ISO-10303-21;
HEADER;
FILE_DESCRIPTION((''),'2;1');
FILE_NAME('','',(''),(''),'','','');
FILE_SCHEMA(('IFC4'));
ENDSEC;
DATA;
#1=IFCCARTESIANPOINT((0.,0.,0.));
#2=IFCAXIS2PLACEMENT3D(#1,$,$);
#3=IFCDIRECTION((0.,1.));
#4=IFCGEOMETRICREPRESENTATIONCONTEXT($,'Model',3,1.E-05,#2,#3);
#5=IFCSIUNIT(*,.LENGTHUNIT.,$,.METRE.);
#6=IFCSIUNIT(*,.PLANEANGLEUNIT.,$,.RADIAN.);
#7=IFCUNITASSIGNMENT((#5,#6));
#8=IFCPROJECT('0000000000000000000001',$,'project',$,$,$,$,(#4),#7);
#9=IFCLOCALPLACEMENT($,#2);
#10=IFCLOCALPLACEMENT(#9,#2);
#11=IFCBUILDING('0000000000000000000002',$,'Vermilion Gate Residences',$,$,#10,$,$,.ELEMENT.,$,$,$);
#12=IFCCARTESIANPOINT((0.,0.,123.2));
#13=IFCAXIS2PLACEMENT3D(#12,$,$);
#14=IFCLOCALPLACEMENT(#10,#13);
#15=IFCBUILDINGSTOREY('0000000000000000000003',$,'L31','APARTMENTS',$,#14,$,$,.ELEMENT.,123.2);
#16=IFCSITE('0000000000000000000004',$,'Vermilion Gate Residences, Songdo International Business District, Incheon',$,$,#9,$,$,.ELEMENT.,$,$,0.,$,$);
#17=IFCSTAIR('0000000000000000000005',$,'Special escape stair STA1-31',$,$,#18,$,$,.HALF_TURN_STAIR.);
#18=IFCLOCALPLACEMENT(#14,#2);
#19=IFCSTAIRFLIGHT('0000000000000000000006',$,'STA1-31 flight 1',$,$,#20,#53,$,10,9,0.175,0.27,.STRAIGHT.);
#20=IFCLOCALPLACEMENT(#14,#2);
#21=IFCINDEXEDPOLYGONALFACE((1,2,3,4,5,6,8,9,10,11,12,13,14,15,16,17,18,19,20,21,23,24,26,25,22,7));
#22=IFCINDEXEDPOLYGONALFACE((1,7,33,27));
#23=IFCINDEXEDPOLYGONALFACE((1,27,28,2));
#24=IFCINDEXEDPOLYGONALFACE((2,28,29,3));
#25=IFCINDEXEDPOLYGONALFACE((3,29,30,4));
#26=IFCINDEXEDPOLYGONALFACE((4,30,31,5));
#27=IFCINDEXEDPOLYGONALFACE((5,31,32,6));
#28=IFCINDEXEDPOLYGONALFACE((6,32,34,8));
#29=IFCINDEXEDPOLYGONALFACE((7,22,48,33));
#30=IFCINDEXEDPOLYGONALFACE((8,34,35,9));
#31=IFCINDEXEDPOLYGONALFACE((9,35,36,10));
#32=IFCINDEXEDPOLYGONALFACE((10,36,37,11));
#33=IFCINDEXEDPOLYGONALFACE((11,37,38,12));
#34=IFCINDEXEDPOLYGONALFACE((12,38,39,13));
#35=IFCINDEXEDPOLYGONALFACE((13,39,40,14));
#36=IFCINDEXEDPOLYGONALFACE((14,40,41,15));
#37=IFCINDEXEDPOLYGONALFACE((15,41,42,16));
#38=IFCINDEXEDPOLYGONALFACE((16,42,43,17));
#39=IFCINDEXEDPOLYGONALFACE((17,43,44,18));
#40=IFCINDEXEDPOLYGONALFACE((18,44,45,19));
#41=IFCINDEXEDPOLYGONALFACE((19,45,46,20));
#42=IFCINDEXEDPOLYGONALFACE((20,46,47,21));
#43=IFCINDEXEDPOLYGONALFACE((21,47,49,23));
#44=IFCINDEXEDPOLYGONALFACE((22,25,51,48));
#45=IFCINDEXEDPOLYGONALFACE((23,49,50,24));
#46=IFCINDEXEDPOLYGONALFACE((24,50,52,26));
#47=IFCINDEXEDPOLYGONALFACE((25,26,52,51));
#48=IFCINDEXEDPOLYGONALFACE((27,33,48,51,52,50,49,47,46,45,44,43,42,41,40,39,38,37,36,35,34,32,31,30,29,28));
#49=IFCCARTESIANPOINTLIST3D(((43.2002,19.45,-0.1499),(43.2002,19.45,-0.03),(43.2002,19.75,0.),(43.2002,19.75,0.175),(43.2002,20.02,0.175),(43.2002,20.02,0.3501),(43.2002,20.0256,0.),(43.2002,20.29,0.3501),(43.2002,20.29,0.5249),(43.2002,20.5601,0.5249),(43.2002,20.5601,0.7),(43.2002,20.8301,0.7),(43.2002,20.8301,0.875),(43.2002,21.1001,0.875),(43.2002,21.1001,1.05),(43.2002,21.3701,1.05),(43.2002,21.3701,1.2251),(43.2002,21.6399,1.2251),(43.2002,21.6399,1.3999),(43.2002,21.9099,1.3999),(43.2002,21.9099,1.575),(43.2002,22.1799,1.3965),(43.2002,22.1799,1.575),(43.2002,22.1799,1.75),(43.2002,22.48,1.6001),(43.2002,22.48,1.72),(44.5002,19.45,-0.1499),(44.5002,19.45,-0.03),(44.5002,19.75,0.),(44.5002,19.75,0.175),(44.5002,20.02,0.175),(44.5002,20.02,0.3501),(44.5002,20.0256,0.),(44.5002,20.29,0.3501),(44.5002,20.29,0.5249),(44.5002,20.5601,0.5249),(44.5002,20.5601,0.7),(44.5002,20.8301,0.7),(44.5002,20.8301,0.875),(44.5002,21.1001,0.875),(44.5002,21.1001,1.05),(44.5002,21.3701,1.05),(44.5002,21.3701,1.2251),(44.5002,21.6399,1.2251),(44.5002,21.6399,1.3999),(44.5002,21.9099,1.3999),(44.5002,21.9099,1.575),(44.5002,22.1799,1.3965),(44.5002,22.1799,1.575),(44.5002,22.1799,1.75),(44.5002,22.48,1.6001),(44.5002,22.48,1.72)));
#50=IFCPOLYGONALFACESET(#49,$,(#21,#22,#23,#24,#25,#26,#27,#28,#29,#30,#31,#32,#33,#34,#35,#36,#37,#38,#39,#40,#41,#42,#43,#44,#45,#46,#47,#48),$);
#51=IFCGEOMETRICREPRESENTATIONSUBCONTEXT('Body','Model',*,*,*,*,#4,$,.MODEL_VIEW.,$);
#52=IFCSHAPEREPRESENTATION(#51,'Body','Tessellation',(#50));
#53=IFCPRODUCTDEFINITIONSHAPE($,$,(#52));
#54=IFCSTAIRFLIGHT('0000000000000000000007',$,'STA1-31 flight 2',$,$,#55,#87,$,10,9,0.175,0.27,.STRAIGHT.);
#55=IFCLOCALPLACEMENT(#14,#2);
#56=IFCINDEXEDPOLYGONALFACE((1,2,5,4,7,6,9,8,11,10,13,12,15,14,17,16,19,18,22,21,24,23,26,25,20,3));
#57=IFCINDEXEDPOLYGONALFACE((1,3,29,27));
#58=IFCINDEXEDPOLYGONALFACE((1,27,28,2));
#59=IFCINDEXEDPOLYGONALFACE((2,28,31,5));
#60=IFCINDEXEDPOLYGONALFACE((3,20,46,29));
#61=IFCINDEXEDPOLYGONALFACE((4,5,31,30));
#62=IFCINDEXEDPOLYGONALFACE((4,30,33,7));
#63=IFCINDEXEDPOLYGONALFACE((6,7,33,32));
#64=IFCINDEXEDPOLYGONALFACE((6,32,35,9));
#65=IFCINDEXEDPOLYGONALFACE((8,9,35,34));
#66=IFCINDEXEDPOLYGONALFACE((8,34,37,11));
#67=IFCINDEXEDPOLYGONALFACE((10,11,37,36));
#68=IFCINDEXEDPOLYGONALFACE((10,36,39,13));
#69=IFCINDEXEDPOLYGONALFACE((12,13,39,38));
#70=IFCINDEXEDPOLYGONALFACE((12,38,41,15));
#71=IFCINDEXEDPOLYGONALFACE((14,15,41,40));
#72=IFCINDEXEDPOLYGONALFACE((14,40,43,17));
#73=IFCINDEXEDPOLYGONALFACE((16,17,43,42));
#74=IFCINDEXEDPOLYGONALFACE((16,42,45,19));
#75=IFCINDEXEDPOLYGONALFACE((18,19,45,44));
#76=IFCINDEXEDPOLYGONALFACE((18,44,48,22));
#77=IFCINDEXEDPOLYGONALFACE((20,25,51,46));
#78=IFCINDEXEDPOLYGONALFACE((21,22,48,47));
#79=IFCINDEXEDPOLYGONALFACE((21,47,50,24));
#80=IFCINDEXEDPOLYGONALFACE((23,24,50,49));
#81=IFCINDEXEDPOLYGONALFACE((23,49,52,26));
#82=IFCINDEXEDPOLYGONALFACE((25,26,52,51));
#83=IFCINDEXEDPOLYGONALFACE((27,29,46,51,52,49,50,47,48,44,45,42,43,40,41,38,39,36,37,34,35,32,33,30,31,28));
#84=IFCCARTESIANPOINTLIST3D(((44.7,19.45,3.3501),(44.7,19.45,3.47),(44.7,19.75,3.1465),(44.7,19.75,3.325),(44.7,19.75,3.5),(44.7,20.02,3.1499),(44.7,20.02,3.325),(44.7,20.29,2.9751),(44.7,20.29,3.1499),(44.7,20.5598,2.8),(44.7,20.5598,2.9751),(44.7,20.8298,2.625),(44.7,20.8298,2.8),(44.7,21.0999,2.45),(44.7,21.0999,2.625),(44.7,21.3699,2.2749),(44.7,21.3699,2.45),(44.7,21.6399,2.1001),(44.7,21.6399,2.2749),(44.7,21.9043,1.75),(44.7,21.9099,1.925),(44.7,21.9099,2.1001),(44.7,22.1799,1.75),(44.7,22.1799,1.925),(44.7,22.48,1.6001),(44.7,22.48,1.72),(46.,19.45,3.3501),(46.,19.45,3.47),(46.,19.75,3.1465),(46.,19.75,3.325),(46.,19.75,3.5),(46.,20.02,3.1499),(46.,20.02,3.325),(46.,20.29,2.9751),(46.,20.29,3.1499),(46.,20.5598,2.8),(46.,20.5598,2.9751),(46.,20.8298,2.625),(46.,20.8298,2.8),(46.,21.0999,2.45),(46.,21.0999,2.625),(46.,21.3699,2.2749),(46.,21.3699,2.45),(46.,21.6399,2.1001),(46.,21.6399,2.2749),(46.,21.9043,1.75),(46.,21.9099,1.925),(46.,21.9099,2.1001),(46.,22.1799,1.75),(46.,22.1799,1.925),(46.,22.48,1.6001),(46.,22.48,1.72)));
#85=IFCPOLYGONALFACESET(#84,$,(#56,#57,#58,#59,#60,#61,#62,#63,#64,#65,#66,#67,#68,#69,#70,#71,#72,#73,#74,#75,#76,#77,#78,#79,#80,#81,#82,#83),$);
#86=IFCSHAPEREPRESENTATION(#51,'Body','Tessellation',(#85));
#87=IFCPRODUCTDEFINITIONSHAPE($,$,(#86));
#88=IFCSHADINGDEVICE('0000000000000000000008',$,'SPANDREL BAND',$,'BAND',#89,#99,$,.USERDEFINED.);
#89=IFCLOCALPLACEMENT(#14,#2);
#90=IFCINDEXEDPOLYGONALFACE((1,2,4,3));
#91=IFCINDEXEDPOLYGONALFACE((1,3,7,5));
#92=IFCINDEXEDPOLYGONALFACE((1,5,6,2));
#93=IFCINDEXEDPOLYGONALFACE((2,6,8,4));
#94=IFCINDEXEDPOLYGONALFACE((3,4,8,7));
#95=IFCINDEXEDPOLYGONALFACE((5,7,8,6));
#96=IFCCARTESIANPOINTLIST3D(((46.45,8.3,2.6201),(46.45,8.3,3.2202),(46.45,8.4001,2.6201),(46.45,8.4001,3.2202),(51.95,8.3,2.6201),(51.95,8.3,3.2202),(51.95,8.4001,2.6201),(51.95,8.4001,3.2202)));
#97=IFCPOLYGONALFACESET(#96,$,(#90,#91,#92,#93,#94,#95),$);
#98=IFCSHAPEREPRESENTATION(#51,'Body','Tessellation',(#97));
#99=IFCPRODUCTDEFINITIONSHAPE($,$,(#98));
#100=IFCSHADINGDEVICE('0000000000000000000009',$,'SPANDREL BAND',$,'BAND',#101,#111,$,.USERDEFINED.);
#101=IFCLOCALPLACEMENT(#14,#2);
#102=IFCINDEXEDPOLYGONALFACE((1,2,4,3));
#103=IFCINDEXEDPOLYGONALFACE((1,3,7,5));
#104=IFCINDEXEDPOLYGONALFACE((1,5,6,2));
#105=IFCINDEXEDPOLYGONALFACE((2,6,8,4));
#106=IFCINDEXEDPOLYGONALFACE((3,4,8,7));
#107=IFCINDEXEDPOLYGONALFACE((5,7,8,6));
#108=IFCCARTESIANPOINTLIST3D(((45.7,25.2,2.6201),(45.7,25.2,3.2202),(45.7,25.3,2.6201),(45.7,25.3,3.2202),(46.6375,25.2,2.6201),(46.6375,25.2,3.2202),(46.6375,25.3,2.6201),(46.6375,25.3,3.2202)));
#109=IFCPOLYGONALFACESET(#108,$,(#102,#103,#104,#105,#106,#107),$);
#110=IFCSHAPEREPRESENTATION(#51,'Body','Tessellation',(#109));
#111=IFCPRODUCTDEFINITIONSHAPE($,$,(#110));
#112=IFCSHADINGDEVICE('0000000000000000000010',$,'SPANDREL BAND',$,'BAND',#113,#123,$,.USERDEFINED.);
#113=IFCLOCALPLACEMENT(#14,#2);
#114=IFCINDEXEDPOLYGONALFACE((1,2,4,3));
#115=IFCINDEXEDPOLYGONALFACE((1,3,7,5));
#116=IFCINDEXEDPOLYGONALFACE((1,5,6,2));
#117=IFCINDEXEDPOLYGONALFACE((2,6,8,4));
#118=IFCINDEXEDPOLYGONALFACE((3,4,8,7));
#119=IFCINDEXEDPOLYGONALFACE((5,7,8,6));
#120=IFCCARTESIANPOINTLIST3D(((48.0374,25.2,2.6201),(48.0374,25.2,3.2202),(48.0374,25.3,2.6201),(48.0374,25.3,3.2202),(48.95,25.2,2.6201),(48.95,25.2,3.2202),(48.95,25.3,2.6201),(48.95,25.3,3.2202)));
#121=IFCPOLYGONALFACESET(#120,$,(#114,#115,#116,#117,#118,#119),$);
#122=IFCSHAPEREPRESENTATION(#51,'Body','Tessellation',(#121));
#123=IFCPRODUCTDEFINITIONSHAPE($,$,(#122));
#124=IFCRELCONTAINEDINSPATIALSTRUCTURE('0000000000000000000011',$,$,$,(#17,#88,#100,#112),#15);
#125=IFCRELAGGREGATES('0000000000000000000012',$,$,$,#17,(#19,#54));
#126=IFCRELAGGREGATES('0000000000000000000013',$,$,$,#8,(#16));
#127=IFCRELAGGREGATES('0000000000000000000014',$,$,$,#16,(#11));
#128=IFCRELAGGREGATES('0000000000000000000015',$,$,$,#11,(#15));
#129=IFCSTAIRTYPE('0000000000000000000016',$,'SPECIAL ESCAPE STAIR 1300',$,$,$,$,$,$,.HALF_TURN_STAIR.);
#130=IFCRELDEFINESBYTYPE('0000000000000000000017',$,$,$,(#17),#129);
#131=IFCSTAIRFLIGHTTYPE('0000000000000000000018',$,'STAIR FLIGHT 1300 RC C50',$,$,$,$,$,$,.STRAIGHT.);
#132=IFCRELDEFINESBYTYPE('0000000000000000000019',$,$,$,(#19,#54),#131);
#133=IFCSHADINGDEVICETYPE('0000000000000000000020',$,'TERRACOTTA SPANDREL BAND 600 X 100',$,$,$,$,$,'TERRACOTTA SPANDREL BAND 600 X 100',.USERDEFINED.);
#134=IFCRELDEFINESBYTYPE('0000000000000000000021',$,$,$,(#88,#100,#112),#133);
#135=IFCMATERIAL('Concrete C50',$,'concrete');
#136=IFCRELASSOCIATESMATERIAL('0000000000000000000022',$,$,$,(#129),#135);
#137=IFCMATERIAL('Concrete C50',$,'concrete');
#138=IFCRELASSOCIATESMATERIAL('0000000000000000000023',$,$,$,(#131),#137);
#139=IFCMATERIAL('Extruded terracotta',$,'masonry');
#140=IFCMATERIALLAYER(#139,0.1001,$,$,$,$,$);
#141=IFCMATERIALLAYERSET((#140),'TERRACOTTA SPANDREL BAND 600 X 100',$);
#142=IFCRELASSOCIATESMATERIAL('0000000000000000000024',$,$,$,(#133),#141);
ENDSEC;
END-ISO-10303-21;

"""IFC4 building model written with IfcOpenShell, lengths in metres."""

from ifc_helpers import new_model, si_unit, direction, frame, origin, origin_2d, place, context, subcontext, project, spatial, polyline, rectangle, outline, extrude, material, layer, layer_set, type_object, element, aggregate, save


model = new_model("IFC4")

# Units and contexts
model_context = context("Model", 3, precision=1e-05, world=origin(), true_north=direction((0.0, 1.0)))
body_context = subcontext(model_context, "Body", "Model", "MODEL_VIEW")
ifc_project = project(units=[si_unit("LENGTHUNIT", "METRE"), si_unit("PLANEANGLEUNIT", "RADIAN")], contexts=[model_context])

# Site, building, storey
site_placement = place(None, origin())
site = spatial("IfcSite", under=ifc_project, at=site_placement, Name="Vermilion Gate Residences, Songdo International Business District, Incheon", CompositionType="ELEMENT", RefElevation=0.0)
building_placement = place(site_placement, origin())
building = spatial("IfcBuilding", under=site, at=building_placement, Name="Vermilion Gate Residences", CompositionType="ELEMENT")
storey_placement = place(building_placement, frame((0.0, 0.0, 123.2)))
storey = spatial("IfcBuildingStorey", under=building, at=storey_placement, Name="L31", Description="APARTMENTS", CompositionType="ELEMENT", Elevation=123.2)

# Stair, stair flights
ifc_material_1 = material(Name="Concrete C50", Category="concrete")
stair_type = type_object("IfcStairType", Name="SPECIAL ESCAPE STAIR 1300", PredefinedType="HALF_TURN_STAIR", material=ifc_material_1)
stair_placement = place(storey_placement, origin())
stair = element("IfcStair", 1, at=stair_placement, inside=storey, type_object=stair_type, Name="Special escape stair STA1-31", PredefinedType="HALF_TURN_STAIR")
ifc_material_2 = material(Name="Concrete C50", Category="concrete")
stair_flight_type = type_object("IfcStairFlightType", Name="STAIR FLIGHT 1300 RC C50", PredefinedType="STRAIGHT", material=ifc_material_2)
stair_flight_1_placement = place(storey_placement, frame((43.8501, 19.75, 0.0), z_axis=(0.0, 0.0, 1.0), x_axis=(0.0, 1.0, 0.0)))
stair_flight_1 = element("IfcStairFlight", 2, at=stair_flight_1_placement, type_object=stair_flight_type, Name="STA1-31 flight 1", NumberOfRisers=10, NumberOfTreads=9, PredefinedType="STRAIGHT", RiserHeight=0.175, TreadLength=0.27, context=body_context, shape_type="SweptSolid", body=[
    extrude(outline(polyline([(-0.3, -0.1499), (-0.3, -0.03), (0.0, 0.0), (0.0, 0.175), (0.27, 0.175), (0.27, 0.3501), (0.54, 0.3501), (0.54, 0.5249), (0.8101, 0.5249), (0.8101, 0.7), (1.0801, 0.7), (1.0801, 0.875), (1.3501, 0.875), (1.3501, 1.05), (1.6201, 1.05), (1.6201, 1.2251), (1.8899, 1.2251), (1.8899, 1.3999), (2.1599, 1.3999), (2.1599, 1.575), (2.4299, 1.575), (2.4299, 1.75), (2.73, 1.72), (2.73, 1.6001), (2.4299, 1.3965), (0.2756, 0.0), (-0.3, -0.1499)])), frame((0.0, 0.6499, 0.0), z_axis=(0.0, -1.0, 0.0), x_axis=(1.0, 0.0, 0.0)), (0.0, 0.0, 1.0), 1.3),
])
stair_flight_2_placement = place(storey_placement, frame((45.3501, 22.1799, 1.75), z_axis=(0.0, 0.0, 1.0), x_axis=(0.0, -1.0, 0.0)))
stair_flight_2 = element("IfcStairFlight", 3, at=stair_flight_2_placement, type_object=stair_flight_type, Name="STA1-31 flight 2", NumberOfRisers=10, NumberOfTreads=9, PredefinedType="STRAIGHT", RiserHeight=0.175, TreadLength=0.27, context=body_context, shape_type="SweptSolid", body=[
    extrude(outline(polyline([(-0.3, -0.1499), (-0.3, -0.03), (0.0, 0.0), (0.0, 0.175), (0.27, 0.175), (0.27, 0.3501), (0.54, 0.3501), (0.54, 0.5249), (0.8101, 0.5249), (0.8101, 0.7), (1.0801, 0.7), (1.0801, 0.875), (1.3501, 0.875), (1.3501, 1.05), (1.6201, 1.05), (1.6201, 1.2251), (1.8899, 1.2251), (1.8899, 1.3999), (2.1599, 1.3999), (2.1599, 1.575), (2.4299, 1.575), (2.4299, 1.75), (2.73, 1.72), (2.73, 1.6001), (2.4299, 1.3965), (0.2756, 0.0), (-0.3, -0.1499)])), frame((0.0, 0.6499, 0.0), z_axis=(0.0, -1.0, 0.0), x_axis=(1.0, 0.0, 0.0)), (0.0, 0.0, 1.0), 1.3),
])
aggregate(stair, [stair_flight_1, stair_flight_2])

# Shading devices
ifc_material_3 = material(Name="Extruded terracotta", Category="masonry")
ifc_layer_1 = layer(ifc_material_3, 0.1001)
ifc_layer_set_1 = layer_set([ifc_layer_1], Name="TERRACOTTA SPANDREL BAND 600 X 100")
shading_device_type = type_object("IfcShadingDeviceType", Name="TERRACOTTA SPANDREL BAND 600 X 100", ElementType="TERRACOTTA SPANDREL BAND 600 X 100", PredefinedType="USERDEFINED", material=ifc_layer_set_1)
shading_device_1_placement = place(storey_placement, frame((49.2, 8.3501, 2.6201), z_axis=(0.0, 0.0, 1.0), x_axis=(1.0, 0.0, 0.0)))
element("IfcShadingDevice", 4, at=shading_device_1_placement, inside=storey, type_object=shading_device_type, Name="SPANDREL BAND", ObjectType="BAND", PredefinedType="USERDEFINED", context=body_context, shape_type="SweptSolid", body=[
    extrude(rectangle(XDim=5.5, YDim=0.1001, at=origin_2d()), origin(), (0.0, 0.0, 1.0), 0.6001),
])
shading_device_2_placement = place(storey_placement, frame((46.1687, 25.25, 2.6201), z_axis=(0.0, 0.0, 1.0), x_axis=(1.0, 0.0, 0.0)))
element("IfcShadingDevice", 5, at=shading_device_2_placement, inside=storey, type_object=shading_device_type, Name="SPANDREL BAND", ObjectType="BAND", PredefinedType="USERDEFINED", context=body_context, shape_type="SweptSolid", body=[
    extrude(rectangle(XDim=0.9375, YDim=0.1001, at=origin_2d()), origin(), (0.0, 0.0, 1.0), 0.6001),
])
shading_device_3_placement = place(storey_placement, frame((48.4937, 25.25, 2.6201), z_axis=(0.0, 0.0, 1.0), x_axis=(1.0, 0.0, 0.0)))
element("IfcShadingDevice", 6, at=shading_device_3_placement, inside=storey, type_object=shading_device_type, Name="SPANDREL BAND", ObjectType="BAND", PredefinedType="USERDEFINED", context=body_context, shape_type="SweptSolid", body=[
    extrude(rectangle(XDim=0.9126, YDim=0.1001, at=origin_2d()), origin(), (0.0, 0.0, 1.0), 0.6001),
])

save(model, "model.ifc")
